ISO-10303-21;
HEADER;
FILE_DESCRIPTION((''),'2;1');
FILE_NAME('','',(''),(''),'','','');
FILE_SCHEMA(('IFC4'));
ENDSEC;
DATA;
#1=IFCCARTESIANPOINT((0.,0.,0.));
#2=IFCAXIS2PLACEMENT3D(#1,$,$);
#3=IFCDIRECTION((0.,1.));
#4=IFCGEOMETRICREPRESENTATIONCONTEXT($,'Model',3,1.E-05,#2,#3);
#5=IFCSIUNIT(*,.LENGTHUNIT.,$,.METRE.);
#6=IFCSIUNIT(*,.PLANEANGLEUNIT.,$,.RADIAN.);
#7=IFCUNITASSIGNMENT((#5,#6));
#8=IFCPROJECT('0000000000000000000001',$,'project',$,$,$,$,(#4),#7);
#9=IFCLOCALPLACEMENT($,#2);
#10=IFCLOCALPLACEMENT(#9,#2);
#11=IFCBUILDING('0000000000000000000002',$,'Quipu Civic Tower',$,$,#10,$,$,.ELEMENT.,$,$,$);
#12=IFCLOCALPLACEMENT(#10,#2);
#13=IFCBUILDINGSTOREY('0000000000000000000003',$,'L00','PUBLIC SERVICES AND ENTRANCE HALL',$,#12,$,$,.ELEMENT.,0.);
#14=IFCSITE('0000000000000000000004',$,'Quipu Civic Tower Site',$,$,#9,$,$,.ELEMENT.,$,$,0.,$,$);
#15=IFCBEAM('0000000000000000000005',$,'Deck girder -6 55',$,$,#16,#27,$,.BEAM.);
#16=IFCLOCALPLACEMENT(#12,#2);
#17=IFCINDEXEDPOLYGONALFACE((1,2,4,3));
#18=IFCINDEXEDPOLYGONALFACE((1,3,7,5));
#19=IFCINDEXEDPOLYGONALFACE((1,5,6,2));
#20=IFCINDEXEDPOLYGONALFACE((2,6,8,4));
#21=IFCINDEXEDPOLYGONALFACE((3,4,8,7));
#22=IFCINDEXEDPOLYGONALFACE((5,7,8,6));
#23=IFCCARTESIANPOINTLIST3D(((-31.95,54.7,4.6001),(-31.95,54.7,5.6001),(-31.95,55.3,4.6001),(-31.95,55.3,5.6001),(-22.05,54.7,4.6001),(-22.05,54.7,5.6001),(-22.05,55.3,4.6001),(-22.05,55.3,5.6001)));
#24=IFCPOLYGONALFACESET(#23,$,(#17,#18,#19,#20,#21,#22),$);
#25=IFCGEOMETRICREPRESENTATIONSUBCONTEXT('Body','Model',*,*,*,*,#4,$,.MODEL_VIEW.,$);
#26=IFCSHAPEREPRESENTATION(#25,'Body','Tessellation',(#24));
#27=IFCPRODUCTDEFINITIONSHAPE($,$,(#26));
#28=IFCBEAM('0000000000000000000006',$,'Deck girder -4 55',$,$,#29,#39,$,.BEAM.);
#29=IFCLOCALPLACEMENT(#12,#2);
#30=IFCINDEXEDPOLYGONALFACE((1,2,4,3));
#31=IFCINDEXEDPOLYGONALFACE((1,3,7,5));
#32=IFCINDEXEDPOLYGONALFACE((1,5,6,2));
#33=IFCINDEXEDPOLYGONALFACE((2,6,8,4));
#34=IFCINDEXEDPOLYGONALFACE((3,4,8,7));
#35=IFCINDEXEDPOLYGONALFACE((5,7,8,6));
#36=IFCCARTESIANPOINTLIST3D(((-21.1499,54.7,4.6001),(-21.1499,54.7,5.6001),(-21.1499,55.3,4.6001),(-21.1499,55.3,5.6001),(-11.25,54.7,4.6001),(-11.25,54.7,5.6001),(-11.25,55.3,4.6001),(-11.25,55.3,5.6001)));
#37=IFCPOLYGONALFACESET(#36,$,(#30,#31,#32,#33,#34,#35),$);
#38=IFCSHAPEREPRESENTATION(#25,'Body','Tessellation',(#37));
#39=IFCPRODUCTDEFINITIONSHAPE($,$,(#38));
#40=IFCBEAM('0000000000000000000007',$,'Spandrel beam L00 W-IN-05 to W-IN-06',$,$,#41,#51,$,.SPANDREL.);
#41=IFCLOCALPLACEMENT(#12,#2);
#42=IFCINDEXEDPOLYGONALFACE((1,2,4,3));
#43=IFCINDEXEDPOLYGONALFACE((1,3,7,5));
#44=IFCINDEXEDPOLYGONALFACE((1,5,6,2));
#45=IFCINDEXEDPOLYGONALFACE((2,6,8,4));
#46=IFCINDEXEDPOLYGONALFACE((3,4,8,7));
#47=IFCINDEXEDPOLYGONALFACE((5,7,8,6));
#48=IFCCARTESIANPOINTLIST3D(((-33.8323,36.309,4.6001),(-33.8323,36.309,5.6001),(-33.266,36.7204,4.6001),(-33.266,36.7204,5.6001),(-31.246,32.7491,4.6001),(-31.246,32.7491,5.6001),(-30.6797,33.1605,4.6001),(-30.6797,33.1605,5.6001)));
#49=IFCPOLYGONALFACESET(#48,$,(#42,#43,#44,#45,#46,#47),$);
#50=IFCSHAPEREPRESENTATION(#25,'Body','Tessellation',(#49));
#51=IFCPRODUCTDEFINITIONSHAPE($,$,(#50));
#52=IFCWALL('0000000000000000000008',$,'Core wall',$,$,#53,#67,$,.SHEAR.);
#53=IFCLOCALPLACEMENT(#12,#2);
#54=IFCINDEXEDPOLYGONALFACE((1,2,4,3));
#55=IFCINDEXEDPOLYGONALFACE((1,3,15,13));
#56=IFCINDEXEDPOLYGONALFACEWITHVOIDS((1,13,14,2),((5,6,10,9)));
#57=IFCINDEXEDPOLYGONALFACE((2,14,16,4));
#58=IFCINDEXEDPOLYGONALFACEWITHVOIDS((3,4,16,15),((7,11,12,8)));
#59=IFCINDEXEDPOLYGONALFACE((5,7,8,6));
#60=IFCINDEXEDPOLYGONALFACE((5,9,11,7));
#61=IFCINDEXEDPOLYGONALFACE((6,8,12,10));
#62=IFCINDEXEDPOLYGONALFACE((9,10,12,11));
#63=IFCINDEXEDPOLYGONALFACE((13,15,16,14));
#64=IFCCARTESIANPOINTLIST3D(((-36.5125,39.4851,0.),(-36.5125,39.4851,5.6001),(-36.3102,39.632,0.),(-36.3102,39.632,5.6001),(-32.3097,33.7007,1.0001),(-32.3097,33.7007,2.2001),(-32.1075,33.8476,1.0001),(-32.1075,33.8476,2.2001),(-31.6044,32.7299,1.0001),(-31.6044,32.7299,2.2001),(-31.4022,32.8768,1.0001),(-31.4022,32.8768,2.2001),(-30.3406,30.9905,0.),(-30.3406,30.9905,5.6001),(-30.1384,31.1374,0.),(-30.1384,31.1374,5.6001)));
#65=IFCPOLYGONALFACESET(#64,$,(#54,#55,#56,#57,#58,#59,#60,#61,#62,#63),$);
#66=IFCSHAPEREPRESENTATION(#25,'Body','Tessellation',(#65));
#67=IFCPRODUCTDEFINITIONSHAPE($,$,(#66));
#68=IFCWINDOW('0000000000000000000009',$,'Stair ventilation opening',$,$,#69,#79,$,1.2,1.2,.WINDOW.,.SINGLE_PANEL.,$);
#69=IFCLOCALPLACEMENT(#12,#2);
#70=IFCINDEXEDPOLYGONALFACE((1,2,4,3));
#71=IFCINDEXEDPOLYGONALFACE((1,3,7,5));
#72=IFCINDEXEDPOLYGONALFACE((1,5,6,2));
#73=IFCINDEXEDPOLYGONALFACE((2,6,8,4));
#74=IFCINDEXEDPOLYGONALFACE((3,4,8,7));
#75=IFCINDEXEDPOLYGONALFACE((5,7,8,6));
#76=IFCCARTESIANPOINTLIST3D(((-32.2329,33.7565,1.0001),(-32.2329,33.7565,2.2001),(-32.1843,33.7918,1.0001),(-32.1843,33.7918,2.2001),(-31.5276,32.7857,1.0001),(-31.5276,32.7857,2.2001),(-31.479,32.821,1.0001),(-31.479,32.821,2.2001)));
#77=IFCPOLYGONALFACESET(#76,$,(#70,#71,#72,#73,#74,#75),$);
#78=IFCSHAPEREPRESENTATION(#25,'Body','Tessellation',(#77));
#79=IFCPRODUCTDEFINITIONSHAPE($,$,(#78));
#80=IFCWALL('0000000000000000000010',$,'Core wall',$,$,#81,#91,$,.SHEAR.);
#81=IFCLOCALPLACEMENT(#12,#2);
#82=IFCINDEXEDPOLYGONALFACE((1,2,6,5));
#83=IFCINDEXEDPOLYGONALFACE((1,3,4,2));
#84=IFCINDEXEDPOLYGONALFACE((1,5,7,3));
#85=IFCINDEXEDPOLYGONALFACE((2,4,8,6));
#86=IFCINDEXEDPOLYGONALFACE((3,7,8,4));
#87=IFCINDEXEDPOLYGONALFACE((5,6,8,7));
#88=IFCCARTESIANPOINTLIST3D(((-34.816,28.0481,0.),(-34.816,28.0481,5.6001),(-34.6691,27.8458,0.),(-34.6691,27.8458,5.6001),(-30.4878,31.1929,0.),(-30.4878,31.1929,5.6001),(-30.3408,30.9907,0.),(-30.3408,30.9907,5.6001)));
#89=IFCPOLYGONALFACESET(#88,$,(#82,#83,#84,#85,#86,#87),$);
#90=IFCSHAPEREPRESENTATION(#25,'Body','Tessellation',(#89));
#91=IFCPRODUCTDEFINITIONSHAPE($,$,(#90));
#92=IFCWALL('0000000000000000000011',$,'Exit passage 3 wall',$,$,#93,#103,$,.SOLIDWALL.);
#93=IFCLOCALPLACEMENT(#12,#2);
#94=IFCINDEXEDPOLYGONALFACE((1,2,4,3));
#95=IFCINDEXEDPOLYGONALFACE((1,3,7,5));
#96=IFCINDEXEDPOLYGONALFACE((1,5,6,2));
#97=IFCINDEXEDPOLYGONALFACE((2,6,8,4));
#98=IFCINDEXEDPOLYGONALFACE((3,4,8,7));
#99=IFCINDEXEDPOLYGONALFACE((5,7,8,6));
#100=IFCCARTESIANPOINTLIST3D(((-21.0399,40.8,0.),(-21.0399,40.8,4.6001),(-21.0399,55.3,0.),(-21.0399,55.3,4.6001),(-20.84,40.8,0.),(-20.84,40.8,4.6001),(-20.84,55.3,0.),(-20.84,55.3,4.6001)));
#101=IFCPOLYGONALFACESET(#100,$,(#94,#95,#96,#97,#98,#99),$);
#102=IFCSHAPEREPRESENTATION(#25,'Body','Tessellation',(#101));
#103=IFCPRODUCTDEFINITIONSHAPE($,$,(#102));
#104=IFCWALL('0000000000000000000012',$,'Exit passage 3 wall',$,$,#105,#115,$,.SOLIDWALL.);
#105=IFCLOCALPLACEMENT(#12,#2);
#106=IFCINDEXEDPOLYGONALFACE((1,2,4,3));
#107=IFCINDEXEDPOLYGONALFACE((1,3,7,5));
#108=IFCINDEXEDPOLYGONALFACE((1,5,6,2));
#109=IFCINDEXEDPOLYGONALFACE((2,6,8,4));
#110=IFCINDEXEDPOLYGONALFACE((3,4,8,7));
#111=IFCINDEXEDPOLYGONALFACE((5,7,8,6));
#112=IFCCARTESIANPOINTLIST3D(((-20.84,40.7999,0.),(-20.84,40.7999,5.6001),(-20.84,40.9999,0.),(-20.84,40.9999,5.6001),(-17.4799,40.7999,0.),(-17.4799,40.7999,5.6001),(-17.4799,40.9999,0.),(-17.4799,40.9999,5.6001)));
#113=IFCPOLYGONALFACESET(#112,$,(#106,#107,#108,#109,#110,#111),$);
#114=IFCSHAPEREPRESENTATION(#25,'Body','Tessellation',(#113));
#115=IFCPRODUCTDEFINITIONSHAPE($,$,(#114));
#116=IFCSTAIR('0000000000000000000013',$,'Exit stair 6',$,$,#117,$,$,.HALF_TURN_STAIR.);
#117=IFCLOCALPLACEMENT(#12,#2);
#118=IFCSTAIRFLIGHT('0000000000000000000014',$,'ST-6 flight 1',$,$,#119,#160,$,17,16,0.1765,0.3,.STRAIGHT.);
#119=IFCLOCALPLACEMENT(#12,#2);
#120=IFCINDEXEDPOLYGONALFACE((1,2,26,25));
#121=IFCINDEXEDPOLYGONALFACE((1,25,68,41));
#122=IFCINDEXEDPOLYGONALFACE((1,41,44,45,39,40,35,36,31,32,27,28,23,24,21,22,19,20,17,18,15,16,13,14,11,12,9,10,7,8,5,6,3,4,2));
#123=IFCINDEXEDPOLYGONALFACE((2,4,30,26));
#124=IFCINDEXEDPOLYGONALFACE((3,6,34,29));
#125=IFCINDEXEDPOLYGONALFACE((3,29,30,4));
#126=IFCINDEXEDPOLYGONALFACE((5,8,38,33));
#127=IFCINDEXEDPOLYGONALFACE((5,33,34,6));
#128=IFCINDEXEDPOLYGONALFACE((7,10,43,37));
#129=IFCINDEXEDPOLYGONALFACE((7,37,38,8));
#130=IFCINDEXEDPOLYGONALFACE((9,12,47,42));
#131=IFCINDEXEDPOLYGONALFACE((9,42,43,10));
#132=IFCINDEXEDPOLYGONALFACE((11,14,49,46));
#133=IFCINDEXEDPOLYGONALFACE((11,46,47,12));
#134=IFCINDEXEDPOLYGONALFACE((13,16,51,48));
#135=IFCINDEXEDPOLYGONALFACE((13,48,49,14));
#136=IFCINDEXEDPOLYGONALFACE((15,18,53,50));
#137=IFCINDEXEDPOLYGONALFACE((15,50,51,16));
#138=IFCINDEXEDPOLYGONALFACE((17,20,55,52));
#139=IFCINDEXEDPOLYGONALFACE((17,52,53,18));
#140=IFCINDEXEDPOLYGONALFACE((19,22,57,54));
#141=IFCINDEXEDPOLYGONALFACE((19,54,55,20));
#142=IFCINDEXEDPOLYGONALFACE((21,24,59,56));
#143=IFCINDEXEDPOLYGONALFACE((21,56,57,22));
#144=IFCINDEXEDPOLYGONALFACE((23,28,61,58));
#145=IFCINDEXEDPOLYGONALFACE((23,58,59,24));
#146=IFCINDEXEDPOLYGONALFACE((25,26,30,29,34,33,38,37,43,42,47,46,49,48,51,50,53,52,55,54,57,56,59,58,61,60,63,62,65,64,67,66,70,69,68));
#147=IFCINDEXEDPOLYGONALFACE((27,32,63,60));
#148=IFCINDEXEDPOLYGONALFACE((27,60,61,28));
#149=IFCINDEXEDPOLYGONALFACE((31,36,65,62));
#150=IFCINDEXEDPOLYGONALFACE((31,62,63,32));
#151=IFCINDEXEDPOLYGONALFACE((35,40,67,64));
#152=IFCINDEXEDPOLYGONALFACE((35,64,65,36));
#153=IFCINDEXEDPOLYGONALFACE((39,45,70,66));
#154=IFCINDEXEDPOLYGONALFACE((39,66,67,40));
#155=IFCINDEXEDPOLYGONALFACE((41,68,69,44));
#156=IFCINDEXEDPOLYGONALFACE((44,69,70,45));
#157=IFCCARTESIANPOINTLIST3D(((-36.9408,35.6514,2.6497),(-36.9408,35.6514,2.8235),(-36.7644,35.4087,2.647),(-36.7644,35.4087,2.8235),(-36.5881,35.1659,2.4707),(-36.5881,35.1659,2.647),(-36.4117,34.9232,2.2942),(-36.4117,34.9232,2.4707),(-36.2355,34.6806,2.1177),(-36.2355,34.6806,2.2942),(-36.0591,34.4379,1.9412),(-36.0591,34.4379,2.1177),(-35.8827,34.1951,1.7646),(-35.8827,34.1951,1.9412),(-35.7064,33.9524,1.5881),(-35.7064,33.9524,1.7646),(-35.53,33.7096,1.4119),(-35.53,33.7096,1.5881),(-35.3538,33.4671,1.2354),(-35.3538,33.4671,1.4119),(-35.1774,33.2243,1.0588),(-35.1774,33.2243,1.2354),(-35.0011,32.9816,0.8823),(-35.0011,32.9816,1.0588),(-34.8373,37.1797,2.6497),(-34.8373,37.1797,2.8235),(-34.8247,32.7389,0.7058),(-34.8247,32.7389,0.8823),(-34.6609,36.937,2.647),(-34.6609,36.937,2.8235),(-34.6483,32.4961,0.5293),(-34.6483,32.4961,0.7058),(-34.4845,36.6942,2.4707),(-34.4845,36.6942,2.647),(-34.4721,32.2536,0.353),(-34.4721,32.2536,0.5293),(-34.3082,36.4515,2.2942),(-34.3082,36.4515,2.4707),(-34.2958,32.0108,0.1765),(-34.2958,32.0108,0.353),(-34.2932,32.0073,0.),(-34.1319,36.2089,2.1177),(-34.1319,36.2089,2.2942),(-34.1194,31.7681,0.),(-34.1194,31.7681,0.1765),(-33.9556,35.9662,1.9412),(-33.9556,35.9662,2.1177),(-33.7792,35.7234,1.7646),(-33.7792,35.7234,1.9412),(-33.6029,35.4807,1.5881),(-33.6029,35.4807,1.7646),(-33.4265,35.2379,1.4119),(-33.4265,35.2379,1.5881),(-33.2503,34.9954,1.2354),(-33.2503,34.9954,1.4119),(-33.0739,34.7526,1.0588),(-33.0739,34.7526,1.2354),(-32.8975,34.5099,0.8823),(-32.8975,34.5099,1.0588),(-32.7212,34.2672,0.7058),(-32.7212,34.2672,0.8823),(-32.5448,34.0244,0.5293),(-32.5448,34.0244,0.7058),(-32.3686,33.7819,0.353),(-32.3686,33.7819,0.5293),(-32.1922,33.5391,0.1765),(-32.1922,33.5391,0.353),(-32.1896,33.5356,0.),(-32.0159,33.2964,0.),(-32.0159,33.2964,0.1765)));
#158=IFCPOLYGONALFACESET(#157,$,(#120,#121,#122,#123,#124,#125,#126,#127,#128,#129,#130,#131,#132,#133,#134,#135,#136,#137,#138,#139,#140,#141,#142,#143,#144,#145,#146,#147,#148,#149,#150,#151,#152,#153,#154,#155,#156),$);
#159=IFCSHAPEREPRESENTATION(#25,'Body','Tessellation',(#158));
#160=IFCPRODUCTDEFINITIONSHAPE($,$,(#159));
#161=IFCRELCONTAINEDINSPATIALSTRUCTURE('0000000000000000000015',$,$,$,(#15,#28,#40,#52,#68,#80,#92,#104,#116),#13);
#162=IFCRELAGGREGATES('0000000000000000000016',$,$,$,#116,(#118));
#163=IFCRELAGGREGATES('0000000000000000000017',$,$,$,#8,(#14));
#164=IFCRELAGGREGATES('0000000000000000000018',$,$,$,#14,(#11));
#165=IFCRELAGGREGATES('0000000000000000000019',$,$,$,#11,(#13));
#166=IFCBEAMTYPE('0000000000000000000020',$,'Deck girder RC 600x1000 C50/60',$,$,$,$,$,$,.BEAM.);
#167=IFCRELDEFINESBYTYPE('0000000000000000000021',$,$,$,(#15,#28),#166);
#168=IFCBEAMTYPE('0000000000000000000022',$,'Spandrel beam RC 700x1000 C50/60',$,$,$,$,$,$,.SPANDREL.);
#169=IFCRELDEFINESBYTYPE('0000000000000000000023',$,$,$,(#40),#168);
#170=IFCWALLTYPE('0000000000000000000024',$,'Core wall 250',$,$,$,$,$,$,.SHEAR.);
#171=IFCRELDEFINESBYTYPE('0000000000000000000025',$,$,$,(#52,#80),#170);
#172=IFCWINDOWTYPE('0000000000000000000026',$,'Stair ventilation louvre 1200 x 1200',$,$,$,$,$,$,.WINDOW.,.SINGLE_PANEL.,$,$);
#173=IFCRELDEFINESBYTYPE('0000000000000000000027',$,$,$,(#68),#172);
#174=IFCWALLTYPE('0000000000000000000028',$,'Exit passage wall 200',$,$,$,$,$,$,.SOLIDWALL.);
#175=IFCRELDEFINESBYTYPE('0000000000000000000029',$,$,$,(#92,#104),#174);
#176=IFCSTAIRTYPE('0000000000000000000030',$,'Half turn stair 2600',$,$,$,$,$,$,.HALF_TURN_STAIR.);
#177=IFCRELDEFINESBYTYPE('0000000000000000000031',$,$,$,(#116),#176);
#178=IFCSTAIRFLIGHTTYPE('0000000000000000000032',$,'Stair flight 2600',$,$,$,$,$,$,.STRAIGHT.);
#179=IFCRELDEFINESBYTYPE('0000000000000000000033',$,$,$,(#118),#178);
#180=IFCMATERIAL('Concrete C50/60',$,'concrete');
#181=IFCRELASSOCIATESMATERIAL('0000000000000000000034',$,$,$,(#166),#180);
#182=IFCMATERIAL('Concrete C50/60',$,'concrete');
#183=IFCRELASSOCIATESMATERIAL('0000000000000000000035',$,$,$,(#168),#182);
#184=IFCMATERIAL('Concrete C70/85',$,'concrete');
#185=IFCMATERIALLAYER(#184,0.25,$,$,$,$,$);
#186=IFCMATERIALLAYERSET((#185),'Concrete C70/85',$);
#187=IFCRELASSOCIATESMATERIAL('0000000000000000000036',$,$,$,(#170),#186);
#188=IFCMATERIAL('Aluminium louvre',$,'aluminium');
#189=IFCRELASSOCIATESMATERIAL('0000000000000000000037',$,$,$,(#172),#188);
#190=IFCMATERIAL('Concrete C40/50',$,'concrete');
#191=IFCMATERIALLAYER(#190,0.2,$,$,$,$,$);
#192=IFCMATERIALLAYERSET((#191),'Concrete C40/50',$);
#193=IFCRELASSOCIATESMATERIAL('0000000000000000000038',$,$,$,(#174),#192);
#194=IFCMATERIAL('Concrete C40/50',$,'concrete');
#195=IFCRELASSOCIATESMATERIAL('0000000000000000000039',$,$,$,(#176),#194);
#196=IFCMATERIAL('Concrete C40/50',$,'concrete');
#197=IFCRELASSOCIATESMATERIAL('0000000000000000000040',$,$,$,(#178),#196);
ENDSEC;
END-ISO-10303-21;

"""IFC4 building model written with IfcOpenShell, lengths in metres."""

from ifc_helpers import new_model, si_unit, direction, frame, frame_2d, origin, origin_2d, place, context, subcontext, project, spatial, polyline, rectangle, outline, extrude, material, layer, layer_set, material_profile, profile_set, type_object, element, fill, aggregate, save


model = new_model("IFC4")

# Units and contexts
model_context = context("Model", 3, precision=1e-05, world=origin(), true_north=direction((0.0, 1.0)))
body_context = subcontext(model_context, "Body", "Model", "MODEL_VIEW")
ifc_project = project(units=[si_unit("LENGTHUNIT", "METRE"), si_unit("PLANEANGLEUNIT", "RADIAN")], contexts=[model_context])

# Site, building, storey
site_placement = place(None, origin())
site = spatial("IfcSite", under=ifc_project, at=site_placement, Name="Quipu Civic Tower Site", CompositionType="ELEMENT", RefElevation=0.0)
building_placement = place(site_placement, origin())
building = spatial("IfcBuilding", under=site, at=building_placement, Name="Quipu Civic Tower", CompositionType="ELEMENT")
storey_placement = place(building_placement, origin())
storey = spatial("IfcBuildingStorey", under=building, at=storey_placement, Name="L00", Description="PUBLIC SERVICES AND ENTRANCE HALL", CompositionType="ELEMENT", Elevation=0.0)

# Beams
ifc_material_1 = material(Name="Concrete C50/60", Category="concrete")
ifc_material_profile_1 = material_profile(ifc_material_1, rectangle(XDim=0.6001, YDim=1.0, at=origin_2d()), Name="RC600x1000")
ifc_profile_set_1 = profile_set([ifc_material_profile_1], Name="Concrete C50/60")
beam_type_1 = type_object("IfcBeamType", Name="Deck girder RC 600x1000 C50/60", PredefinedType="BEAM", material=ifc_profile_set_1)
for number, where, z_axis, x_axis, name in (
    (1, (-31.95, 55.0, 5.1001), (1.0, 0.0, 0.0), (0.0, 1.0, 0.0), "Deck girder -6 55"),
    (2, (-21.1499, 55.0, 5.1001), (1.0, 0.0, 0.0), (0.0, 1.0, 0.0), "Deck girder -4 55"),
):
    element("IfcBeam", number, at=place(storey_placement, frame(where, z_axis=z_axis, x_axis=x_axis)), inside=storey, type_object=beam_type_1, Name=name, PredefinedType="BEAM", context=body_context, shape_type="SweptSolid", body=[
        extrude(rectangle(XDim=0.6001, YDim=1.0, at=origin_2d()), origin(), (0.0, 0.0, 1.0), 9.8999),
    ])
ifc_material_2 = material(Name="Concrete C50/60", Category="concrete")
ifc_material_profile_2 = material_profile(ifc_material_2, rectangle(XDim=0.7, YDim=1.0, at=origin_2d()), Name="RC700x1000")
ifc_profile_set_2 = profile_set([ifc_material_profile_2], Name="Concrete C50/60")
beam_type_2 = type_object("IfcBeamType", Name="Spandrel beam RC 700x1000 C50/60", PredefinedType="SPANDREL", material=ifc_profile_set_2)
beam_1_placement = place(storey_placement, frame((-30.9629, 32.9548, 5.1001), z_axis=(-0.587759, 0.809036, 0.0), x_axis=(-0.809036, -0.587759, 0.0)))
element("IfcBeam", 3, at=beam_1_placement, inside=storey, type_object=beam_type_2, Name="Spandrel beam L00 W-IN-05 to W-IN-06", PredefinedType="SPANDREL", context=body_context, shape_type="SweptSolid", body=[
    extrude(rectangle(XDim=0.7, YDim=1.0, at=origin_2d()), origin(), (0.0, 0.0, 1.0), 4.4001),
])

# Wall, opening, window
ifc_material_3 = material(Name="Concrete C70/85", Category="concrete")
ifc_layer_1 = layer(ifc_material_3, 0.25)
ifc_layer_set_1 = layer_set([ifc_layer_1], Name="Concrete C70/85")
wall_type_1 = type_object("IfcWallType", Name="Core wall 250", PredefinedType="SHEAR", material=ifc_layer_set_1)
wall_1_placement = place(storey_placement, frame((-30.2395, 31.064, 0.0), z_axis=(0.0, 0.0, 1.0), x_axis=(-0.587796, 0.809009, 0.0)))
wall_1 = element("IfcWall", 4, at=wall_1_placement, inside=storey, type_object=wall_type_1, Name="Core wall", PredefinedType="SHEAR", context=body_context, shape_type="SweptSolid", body=[
    extrude(rectangle(XDim=10.5, YDim=0.25, at=frame_2d((5.25, 0.0))), origin(), (0.0, 0.0, 1.0), 5.6001),
])
opening_placement = place(wall_1_placement, frame((2.1499, 0.0, 1.0)))
opening = element("IfcOpeningElement", 5, at=opening_placement, cuts=wall_1, PredefinedType="OPENING", context=body_context, shape_type="SweptSolid", body=[
    extrude(rectangle(XDim=1.2, YDim=1.2, at=frame_2d((0.6001, 0.6001))), frame((0.0, 0.135, 0.0), z_axis=(0.0, -1.0, 0.0), x_axis=(1.0, 0.0, 0.0)), (0.0, 0.0, 1.0), 0.27),
])
ifc_material_4 = material(Name="Aluminium louvre", Category="aluminium")
window_type = type_object("IfcWindowType", Name="Stair ventilation louvre 1200 x 1200", PartitioningType="SINGLE_PANEL", PredefinedType="WINDOW", material=ifc_material_4)
window_placement = place(opening_placement, origin())
window = element("IfcWindow", 6, at=window_placement, inside=storey, type_object=window_type, Name="Stair ventilation opening", OverallHeight=1.2, OverallWidth=1.2, PartitioningType="SINGLE_PANEL", PredefinedType="WINDOW", context=body_context, shape_type="SweptSolid", body=[
    extrude(rectangle(XDim=1.2, YDim=1.2, at=frame_2d((0.6001, 0.6001))), frame((0.0, 0.03, 0.0), z_axis=(0.0, -1.0, 0.0), x_axis=(1.0, 0.0, 0.0)), (0.0, 0.0, 1.0), 0.0601),
])
fill(opening, window)

# Walls
wall_2_placement = place(storey_placement, frame((-30.4143, 31.0918, 0.0), z_axis=(0.0, 0.0, 1.0), x_axis=(-0.808998, -0.587811, 0.0)))
element("IfcWall", 7, at=wall_2_placement, inside=storey, type_object=wall_type_1, Name="Core wall", PredefinedType="SHEAR", context=body_context, shape_type="SweptSolid", body=[
    extrude(rectangle(XDim=5.3501, YDim=0.25, at=frame_2d((2.675, 0.0))), origin(), (0.0, 0.0, 1.0), 5.6001),
])
ifc_material_5 = material(Name="Concrete C40/50", Category="concrete")
ifc_layer_2 = layer(ifc_material_5, 0.2)
ifc_layer_set_2 = layer_set([ifc_layer_2], Name="Concrete C40/50")
wall_type_2 = type_object("IfcWallType", Name="Exit passage wall 200", PredefinedType="SOLIDWALL", material=ifc_layer_set_2)
wall_3_placement = place(storey_placement, frame((-20.9399, 40.8, 0.0), z_axis=(0.0, 0.0, 1.0), x_axis=(0.0, 1.0, 0.0)))
element("IfcWall", 8, at=wall_3_placement, inside=storey, type_object=wall_type_2, Name="Exit passage 3 wall", PredefinedType="SOLIDWALL", context=body_context, shape_type="SweptSolid", body=[
    extrude(rectangle(XDim=14.5, YDim=0.2, at=frame_2d((7.25, 0.0))), origin(), (0.0, 0.0, 1.0), 4.6001),
])
wall_4_placement = place(storey_placement, frame((-20.8401, 40.8999, 0.0), z_axis=(0.0, 0.0, 1.0), x_axis=(1.0, 0.0, 0.0)))
element("IfcWall", 9, at=wall_4_placement, inside=storey, type_object=wall_type_2, Name="Exit passage 3 wall", PredefinedType="SOLIDWALL", context=body_context, shape_type="SweptSolid", body=[
    extrude(rectangle(XDim=3.3601, YDim=0.2, at=frame_2d((1.6802, 0.0))), origin(), (0.0, 0.0, 1.0), 5.6001),
])

# Stair, stair flight
ifc_material_6 = material(Name="Concrete C40/50", Category="concrete")
stair_type = type_object("IfcStairType", Name="Half turn stair 2600", PredefinedType="HALF_TURN_STAIR", material=ifc_material_6)
stair_placement = place(storey_placement, origin())
stair = element("IfcStair", 10, at=stair_placement, inside=storey, type_object=stair_type, Name="Exit stair 6", PredefinedType="HALF_TURN_STAIR")
ifc_material_7 = material(Name="Concrete C40/50", Category="concrete")
stair_flight_type = type_object("IfcStairFlightType", Name="Stair flight 2600", PredefinedType="STRAIGHT", material=ifc_material_7)
stair_flight_placement = place(storey_placement, frame((-33.0676, 32.5322, 0.0), z_axis=(0.0, 0.0, 1.0), x_axis=(-0.587785, 0.809017, 0.0)))
stair_flight = element("IfcStairFlight", 11, at=stair_flight_placement, type_object=stair_flight_type, Name="ST-6 flight 1", NumberOfRisers=17, NumberOfTreads=16, PredefinedType="STRAIGHT", RiserHeight=0.1765, TreadLength=0.3, context=body_context, shape_type="SweptSolid", body=[
    extrude(outline(polyline([(0.0, 0.0), (0.0, 0.1765), (0.3, 0.1765), (0.3, 0.353), (0.6001, 0.353), (0.6001, 0.5293), (0.8999, 0.5293), (0.8999, 0.7058), (1.2, 0.7058), (1.2, 0.8823), (1.5, 0.8823), (1.5, 1.0588), (1.8, 1.0588), (1.8, 1.2354), (2.1001, 1.2354), (2.1001, 1.4119), (2.3999, 1.4119), (2.3999, 1.5881), (2.7, 1.5881), (2.7, 1.7646), (3.0, 1.7646), (3.0, 1.9412), (3.3, 1.9412), (3.3, 2.1177), (3.6001, 2.1177), (3.6001, 2.2942), (3.8999, 2.2942), (3.8999, 2.4707), (4.2, 2.4707), (4.2, 2.647), (4.5, 2.647), (4.5, 2.8235), (4.8, 2.8235), (4.8, 3.0), (4.8, 2.6497), (0.2957, 0.0), (0.0, 0.0)])), frame((0.0, 1.3, 0.0), z_axis=(0.0, -1.0, 0.0), x_axis=(1.0, 0.0, 0.0)), (0.0, 0.0, 1.0), 2.6001),
])
aggregate(stair, [stair_flight])

save(model, "model.ifc")
